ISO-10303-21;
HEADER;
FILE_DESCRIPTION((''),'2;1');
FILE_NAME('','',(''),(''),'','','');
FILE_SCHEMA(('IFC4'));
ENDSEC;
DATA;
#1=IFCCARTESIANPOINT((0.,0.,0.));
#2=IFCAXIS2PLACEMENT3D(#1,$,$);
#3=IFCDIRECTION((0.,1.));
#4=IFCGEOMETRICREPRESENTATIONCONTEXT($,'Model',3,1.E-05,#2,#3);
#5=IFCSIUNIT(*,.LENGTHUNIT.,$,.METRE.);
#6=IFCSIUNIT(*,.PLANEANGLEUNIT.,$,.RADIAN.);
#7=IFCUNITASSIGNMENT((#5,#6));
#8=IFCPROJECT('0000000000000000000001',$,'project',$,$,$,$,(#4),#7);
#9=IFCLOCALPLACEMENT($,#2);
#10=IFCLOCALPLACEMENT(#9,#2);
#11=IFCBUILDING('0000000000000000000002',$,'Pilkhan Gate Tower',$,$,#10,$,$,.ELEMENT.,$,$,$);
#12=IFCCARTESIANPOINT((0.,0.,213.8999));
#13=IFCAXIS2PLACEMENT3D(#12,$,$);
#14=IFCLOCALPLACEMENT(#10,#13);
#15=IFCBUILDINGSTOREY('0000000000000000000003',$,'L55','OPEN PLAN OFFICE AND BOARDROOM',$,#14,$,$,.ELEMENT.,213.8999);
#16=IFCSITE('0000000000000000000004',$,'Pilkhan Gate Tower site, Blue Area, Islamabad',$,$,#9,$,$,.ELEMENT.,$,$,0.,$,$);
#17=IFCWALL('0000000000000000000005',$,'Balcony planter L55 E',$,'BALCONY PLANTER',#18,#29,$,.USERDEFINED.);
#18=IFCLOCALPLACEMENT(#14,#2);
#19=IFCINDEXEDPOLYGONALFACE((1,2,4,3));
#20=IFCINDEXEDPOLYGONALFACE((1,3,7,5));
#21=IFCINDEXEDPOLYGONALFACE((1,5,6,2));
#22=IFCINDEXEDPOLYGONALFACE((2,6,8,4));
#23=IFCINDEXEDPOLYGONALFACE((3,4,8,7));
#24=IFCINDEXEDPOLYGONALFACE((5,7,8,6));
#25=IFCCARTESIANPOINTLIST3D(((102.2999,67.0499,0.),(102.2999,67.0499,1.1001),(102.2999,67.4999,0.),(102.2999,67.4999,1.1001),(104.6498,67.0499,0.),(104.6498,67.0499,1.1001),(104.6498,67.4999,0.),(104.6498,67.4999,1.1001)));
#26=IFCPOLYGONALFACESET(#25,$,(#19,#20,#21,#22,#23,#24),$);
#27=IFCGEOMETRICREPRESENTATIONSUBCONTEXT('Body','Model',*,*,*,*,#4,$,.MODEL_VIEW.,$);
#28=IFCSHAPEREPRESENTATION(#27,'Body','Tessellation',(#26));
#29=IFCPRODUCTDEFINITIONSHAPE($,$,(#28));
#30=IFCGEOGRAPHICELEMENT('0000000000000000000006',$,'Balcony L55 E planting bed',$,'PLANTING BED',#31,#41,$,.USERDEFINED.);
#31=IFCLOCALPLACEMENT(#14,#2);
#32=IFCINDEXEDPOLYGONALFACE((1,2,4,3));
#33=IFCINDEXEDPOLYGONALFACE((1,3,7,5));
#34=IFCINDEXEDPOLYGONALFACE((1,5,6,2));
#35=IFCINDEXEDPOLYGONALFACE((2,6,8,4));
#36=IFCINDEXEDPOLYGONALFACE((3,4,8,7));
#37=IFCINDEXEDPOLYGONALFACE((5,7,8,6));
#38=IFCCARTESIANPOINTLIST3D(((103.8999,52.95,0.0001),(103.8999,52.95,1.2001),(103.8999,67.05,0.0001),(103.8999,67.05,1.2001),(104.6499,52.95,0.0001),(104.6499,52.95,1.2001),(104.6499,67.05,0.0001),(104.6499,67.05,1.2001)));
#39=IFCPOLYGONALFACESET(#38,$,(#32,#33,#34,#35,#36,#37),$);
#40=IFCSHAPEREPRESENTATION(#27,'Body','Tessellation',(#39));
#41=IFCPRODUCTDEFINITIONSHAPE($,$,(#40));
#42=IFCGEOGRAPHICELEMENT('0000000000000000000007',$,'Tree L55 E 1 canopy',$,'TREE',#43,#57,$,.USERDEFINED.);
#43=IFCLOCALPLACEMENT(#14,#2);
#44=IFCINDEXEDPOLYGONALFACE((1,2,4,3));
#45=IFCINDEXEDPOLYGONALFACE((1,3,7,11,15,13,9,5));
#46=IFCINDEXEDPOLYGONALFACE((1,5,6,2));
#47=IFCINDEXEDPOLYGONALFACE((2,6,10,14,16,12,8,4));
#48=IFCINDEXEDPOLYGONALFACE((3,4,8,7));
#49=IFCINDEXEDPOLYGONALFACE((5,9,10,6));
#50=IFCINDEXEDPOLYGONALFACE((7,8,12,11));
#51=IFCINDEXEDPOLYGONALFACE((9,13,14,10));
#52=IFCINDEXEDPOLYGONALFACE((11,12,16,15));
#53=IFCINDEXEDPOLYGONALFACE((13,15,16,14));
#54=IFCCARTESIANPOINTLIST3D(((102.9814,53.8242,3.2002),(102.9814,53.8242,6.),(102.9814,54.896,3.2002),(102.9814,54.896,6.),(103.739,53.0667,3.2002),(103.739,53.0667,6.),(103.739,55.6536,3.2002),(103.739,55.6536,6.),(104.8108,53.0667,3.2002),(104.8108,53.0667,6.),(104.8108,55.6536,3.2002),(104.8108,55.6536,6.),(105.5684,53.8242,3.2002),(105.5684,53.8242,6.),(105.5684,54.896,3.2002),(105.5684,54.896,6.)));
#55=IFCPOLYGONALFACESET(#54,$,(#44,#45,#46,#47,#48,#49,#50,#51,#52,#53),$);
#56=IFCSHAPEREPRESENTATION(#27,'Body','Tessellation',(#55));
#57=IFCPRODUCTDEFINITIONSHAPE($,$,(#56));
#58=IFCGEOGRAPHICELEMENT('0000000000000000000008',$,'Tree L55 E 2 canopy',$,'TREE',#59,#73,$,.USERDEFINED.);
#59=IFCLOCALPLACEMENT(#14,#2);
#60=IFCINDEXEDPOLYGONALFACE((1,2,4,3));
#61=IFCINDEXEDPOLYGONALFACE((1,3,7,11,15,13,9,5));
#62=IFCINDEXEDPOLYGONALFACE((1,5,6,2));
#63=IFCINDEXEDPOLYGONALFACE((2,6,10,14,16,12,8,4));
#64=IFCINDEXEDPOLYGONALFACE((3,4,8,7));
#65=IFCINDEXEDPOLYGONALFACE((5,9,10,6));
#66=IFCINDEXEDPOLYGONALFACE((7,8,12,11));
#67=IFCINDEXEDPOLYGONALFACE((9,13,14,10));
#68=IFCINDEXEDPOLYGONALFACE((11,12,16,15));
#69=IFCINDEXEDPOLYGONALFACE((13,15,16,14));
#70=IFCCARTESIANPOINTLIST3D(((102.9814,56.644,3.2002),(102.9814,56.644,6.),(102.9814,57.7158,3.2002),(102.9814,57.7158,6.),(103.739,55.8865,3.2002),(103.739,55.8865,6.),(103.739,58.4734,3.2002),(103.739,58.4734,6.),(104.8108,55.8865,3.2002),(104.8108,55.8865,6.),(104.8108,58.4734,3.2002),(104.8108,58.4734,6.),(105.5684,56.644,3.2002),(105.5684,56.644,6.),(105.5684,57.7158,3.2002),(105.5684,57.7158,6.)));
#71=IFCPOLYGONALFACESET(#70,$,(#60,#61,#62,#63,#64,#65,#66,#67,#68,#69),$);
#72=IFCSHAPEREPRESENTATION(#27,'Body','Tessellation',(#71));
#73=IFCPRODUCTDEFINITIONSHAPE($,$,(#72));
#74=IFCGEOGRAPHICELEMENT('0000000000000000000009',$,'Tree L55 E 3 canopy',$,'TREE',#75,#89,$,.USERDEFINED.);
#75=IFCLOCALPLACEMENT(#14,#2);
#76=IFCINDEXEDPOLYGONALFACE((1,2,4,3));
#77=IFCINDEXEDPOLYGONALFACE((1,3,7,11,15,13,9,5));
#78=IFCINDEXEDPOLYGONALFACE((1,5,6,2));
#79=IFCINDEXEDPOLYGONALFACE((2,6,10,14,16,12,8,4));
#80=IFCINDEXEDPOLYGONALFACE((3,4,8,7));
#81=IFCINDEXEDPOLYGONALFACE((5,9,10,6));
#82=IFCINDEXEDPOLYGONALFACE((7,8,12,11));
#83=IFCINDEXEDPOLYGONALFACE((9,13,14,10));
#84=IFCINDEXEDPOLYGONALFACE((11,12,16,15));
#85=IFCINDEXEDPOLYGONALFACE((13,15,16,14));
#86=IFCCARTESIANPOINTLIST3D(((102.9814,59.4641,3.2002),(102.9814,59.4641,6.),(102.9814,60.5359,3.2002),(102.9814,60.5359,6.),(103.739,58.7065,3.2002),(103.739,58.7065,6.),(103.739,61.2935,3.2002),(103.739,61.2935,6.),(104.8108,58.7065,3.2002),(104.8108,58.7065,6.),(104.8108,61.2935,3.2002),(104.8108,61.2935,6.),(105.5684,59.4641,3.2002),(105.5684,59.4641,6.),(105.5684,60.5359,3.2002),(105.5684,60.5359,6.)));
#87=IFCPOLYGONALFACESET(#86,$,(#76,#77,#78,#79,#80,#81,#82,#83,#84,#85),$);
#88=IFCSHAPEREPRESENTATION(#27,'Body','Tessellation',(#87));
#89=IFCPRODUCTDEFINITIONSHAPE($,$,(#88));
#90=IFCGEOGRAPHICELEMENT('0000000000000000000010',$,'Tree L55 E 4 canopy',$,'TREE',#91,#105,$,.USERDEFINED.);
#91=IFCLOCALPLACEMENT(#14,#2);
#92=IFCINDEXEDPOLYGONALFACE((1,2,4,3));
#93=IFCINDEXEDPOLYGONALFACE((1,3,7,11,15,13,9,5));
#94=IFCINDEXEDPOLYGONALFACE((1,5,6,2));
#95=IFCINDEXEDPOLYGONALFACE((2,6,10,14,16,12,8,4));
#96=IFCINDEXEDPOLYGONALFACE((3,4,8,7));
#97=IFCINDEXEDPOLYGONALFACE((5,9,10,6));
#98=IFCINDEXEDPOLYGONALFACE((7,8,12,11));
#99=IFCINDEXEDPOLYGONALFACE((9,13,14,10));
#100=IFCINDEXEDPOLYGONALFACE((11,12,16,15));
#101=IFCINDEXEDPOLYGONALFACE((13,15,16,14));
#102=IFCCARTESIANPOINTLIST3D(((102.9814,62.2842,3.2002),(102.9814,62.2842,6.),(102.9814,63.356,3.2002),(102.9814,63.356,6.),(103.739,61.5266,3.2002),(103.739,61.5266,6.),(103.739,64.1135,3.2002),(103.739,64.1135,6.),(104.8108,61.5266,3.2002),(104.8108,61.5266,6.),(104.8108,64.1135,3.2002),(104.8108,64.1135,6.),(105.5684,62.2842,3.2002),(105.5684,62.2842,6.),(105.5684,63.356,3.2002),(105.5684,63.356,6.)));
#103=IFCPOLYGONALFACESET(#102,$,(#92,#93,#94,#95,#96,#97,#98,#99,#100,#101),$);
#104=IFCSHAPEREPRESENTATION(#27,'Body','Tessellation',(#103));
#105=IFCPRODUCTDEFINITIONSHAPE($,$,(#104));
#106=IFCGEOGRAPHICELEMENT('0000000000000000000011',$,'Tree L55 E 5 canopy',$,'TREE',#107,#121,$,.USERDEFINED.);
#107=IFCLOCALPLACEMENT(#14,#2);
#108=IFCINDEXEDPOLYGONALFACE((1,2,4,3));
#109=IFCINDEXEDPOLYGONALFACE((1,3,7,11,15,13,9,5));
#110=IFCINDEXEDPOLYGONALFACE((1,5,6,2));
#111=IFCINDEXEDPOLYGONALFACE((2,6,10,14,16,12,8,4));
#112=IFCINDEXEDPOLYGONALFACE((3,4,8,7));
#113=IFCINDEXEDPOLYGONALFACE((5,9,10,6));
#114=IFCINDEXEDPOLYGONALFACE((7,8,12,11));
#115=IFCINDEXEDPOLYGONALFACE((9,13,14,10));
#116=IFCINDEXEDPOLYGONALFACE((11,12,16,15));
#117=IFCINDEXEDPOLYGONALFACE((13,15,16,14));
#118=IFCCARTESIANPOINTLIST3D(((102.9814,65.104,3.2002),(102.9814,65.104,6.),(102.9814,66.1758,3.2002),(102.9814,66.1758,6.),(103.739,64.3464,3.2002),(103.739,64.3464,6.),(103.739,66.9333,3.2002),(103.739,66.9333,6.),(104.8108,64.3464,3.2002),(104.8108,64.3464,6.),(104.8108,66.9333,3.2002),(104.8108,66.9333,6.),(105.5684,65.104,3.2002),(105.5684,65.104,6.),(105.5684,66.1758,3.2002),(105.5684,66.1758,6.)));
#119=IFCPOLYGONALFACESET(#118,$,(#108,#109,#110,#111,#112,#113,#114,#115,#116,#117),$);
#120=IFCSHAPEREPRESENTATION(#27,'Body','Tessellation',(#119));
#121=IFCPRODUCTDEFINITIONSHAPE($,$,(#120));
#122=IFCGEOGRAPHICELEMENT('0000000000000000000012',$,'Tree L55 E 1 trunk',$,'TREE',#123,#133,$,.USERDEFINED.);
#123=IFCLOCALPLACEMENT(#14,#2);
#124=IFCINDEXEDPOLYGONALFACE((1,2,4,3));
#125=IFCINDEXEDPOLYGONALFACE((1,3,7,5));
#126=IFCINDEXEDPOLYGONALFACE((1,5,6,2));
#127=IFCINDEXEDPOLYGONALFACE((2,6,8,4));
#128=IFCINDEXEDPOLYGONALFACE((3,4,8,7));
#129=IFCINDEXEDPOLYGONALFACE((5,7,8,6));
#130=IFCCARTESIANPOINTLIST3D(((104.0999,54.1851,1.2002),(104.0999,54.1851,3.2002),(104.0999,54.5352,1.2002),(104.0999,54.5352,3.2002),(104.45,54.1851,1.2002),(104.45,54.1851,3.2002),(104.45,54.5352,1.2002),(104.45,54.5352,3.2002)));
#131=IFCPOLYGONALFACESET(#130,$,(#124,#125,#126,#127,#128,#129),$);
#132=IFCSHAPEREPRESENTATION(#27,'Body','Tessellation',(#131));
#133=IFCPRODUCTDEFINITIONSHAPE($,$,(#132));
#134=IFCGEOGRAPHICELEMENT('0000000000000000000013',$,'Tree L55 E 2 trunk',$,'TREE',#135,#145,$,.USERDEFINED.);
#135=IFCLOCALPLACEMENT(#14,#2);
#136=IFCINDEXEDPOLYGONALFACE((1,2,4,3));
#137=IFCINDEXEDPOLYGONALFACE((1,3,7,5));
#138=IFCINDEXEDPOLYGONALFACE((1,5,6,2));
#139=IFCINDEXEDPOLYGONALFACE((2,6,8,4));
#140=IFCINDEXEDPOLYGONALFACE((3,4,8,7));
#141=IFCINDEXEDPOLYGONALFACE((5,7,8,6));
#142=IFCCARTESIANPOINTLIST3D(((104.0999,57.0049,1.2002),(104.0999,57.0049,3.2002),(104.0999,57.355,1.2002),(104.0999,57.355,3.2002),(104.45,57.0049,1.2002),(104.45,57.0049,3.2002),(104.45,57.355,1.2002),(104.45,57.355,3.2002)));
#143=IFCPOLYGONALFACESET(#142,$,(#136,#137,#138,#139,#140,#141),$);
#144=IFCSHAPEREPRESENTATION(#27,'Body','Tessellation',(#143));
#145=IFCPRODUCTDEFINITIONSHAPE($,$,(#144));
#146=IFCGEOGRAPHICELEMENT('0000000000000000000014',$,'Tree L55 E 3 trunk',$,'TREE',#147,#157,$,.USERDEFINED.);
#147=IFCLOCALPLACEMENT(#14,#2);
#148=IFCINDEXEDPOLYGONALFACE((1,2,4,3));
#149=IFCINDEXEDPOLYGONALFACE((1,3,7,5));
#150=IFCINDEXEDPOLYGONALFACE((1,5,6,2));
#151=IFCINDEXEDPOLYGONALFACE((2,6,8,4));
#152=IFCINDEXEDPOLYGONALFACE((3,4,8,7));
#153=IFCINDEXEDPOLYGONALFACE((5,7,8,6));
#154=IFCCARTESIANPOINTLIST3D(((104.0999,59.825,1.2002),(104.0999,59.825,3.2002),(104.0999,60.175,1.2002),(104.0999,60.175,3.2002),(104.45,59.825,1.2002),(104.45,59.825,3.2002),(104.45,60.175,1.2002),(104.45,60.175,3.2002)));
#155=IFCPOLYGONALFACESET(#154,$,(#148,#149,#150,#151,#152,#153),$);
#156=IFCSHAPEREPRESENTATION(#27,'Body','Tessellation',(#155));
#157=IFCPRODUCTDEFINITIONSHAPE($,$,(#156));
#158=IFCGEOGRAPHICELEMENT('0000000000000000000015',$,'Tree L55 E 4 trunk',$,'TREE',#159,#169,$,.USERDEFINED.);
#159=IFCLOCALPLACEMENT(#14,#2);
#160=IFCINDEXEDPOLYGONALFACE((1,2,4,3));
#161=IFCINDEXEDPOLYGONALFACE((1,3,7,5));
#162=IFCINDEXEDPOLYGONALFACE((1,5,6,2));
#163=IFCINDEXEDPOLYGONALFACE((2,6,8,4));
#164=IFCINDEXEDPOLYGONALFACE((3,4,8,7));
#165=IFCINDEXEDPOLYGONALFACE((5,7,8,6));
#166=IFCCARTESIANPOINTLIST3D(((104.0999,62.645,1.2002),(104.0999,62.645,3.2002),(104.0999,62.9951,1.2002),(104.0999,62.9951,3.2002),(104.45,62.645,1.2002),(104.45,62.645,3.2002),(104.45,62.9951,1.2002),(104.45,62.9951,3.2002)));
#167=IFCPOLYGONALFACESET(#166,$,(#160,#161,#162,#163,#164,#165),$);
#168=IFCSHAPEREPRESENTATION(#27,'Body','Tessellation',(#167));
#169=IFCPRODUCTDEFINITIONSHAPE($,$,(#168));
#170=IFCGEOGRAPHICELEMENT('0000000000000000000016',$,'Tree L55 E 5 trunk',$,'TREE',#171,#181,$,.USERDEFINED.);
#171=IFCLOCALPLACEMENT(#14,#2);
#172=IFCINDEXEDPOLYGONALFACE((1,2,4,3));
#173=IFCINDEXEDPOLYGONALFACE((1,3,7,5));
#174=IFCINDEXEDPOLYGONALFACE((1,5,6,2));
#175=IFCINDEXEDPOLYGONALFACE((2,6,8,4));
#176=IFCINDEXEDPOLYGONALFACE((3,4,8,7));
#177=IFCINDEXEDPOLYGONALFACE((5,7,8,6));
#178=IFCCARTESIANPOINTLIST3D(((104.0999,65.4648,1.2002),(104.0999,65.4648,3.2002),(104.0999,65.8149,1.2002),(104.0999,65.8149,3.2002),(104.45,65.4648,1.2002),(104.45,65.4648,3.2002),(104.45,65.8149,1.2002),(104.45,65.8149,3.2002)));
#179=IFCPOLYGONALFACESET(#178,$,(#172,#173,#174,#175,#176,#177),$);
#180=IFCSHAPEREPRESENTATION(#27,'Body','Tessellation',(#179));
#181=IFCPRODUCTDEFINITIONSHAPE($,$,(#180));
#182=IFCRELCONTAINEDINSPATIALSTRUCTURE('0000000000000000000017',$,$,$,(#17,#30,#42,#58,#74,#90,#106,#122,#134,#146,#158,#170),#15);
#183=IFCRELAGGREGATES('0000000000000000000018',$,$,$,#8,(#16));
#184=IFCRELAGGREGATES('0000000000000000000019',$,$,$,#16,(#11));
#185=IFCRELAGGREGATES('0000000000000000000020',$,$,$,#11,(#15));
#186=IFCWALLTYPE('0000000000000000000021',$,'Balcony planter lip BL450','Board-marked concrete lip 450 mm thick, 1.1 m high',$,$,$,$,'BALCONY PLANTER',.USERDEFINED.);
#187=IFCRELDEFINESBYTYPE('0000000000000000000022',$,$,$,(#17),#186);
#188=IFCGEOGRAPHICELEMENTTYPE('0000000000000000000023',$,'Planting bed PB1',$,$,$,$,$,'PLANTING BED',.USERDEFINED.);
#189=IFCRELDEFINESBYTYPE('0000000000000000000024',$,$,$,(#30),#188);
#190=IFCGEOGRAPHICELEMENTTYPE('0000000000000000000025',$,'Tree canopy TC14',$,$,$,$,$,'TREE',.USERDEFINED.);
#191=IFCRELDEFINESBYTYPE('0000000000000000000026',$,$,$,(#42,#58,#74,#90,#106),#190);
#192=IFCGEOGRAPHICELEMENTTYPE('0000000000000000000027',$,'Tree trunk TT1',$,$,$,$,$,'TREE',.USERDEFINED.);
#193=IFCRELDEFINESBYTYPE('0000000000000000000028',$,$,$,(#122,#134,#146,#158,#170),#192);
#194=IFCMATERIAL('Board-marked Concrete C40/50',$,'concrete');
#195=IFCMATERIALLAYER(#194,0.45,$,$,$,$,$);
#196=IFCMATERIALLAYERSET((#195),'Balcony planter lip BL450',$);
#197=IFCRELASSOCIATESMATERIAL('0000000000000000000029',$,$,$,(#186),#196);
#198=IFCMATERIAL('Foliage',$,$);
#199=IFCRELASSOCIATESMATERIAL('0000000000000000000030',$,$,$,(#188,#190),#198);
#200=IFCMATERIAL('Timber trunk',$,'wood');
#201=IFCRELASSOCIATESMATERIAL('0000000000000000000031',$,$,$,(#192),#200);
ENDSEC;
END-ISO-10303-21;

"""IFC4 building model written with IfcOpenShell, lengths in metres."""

from ifc_helpers import new_model, si_unit, direction, frame, frame_2d, origin, origin_2d, place, context, subcontext, project, spatial, polyline, rectangle, outline, extrude, material, layer, layer_set, material_profile, profile_set, type_object, element, save


model = new_model("IFC4")

# Units and contexts
model_context = context("Model", 3, precision=1e-05, world=origin(), true_north=direction((0.0, 1.0)))
body_context = subcontext(model_context, "Body", "Model", "MODEL_VIEW")
ifc_project = project(units=[si_unit("LENGTHUNIT", "METRE"), si_unit("PLANEANGLEUNIT", "RADIAN")], contexts=[model_context])

# Site, building, storey
site_placement = place(None, origin())
site = spatial("IfcSite", under=ifc_project, at=site_placement, Name="Pilkhan Gate Tower site, Blue Area, Islamabad", CompositionType="ELEMENT", RefElevation=0.0)
building_placement = place(site_placement, origin())
building = spatial("IfcBuilding", under=site, at=building_placement, Name="Pilkhan Gate Tower", CompositionType="ELEMENT")
storey_placement = place(building_placement, frame((0.0, 0.0, 213.8999)))
storey = spatial("IfcBuildingStorey", under=building, at=storey_placement, Name="L55", Description="OPEN PLAN OFFICE AND BOARDROOM", CompositionType="ELEMENT", Elevation=213.8999)

# Wall
ifc_material_1 = material(Name="Board-marked Concrete C40/50", Category="concrete")
ifc_layer_1 = layer(ifc_material_1, 0.45)
ifc_layer_set_1 = layer_set([ifc_layer_1], Name="Balcony planter lip BL450")
wall_type_1 = type_object("IfcWallType", Name="Balcony planter lip BL450", Description="Board-marked concrete lip 450 mm thick, 1.1 m high", ElementType="BALCONY PLANTER", PredefinedType="USERDEFINED", material=ifc_layer_set_1)
for number, where, z_axis, x_axis, name in (
    (1, (102.3, 67.2749, 0.0), (0.0, 0.0, 1.0), (1.0, 0.0, 0.0), "Balcony planter L55 E"),
):
    element("IfcWall", number, at=place(storey_placement, frame(where, z_axis=z_axis, x_axis=x_axis)), inside=storey, type_object=wall_type_1, Name=name, ObjectType="BALCONY PLANTER", PredefinedType="USERDEFINED", context=body_context, shape_type="SweptSolid", body=[
        extrude(rectangle(XDim=2.3499, YDim=0.45, at=frame_2d((1.1748, 0.0))), origin(), (0.0, 0.0, 1.0), 1.1001),
    ])

# Geographic elements
ifc_material_2 = material(Name="Foliage")
ifc_material_profile_1 = material_profile(ifc_material_2, rectangle(XDim=0.75, YDim=1.2, at=origin_2d()), Name="Bed 750x1200")
ifc_profile_set_1 = profile_set([ifc_material_profile_1], Name="Foliage")
geographic_element_type_1 = type_object("IfcGeographicElementType", Name="Planting bed PB1", ElementType="PLANTING BED", PredefinedType="USERDEFINED", material=ifc_profile_set_1)
geographic_element_placement = place(storey_placement, frame((104.2749, 52.95, 0.6001), z_axis=(0.0, 1.0, 0.0), x_axis=(-1.0, 0.0, 0.0)))
element("IfcGeographicElement", 2, at=geographic_element_placement, inside=storey, type_object=geographic_element_type_1, Name="Balcony L55 E planting bed", ObjectType="PLANTING BED", PredefinedType="USERDEFINED", context=body_context, shape_type="SweptSolid", body=[
    extrude(rectangle(XDim=0.75, YDim=1.2, at=origin_2d()), origin(), (0.0, 0.0, 1.0), 14.1001),
])
ifc_material_profile_2 = material_profile(ifc_material_2, outline(polyline([(1.2935, 0.5359), (0.5359, 1.2935), (-0.5359, 1.2935), (-1.2935, 0.5359), (-1.2935, -0.5359), (-0.5359, -1.2935), (0.5359, -1.2935), (1.2935, -0.5359), (1.2935, 0.5359)])), Name="Canopy D2.8")
ifc_profile_set_2 = profile_set([ifc_material_profile_2], Name="Foliage")
geographic_element_type_2 = type_object("IfcGeographicElementType", Name="Tree canopy TC14", ElementType="TREE", PredefinedType="USERDEFINED", material=ifc_profile_set_2)
for number, where, z_axis, x_axis, name in (
    (3, (104.2749, 54.3601, 3.2002), (0.0, 0.0, 1.0), (1.0, 0.0, 0.0), "Tree L55 E 1 canopy"),
    (4, (104.2749, 57.1799, 3.2002), (0.0, 0.0, 1.0), (1.0, 0.0, 0.0), "Tree L55 E 2 canopy"),
    (5, (104.2749, 60.0, 3.2002), (0.0, 0.0, 1.0), (1.0, 0.0, 0.0), "Tree L55 E 3 canopy"),
    (6, (104.2749, 62.8201, 3.2002), (0.0, 0.0, 1.0), (1.0, 0.0, 0.0), "Tree L55 E 4 canopy"),
    (7, (104.2749, 65.6399, 3.2002), (0.0, 0.0, 1.0), (1.0, 0.0, 0.0), "Tree L55 E 5 canopy"),
):
    element("IfcGeographicElement", number, at=place(storey_placement, frame(where, z_axis=z_axis, x_axis=x_axis)), inside=storey, type_object=geographic_element_type_2, Name=name, ObjectType="TREE", PredefinedType="USERDEFINED", context=body_context, shape_type="SweptSolid", body=[
        extrude(outline(polyline([(1.2935, 0.5359), (0.5359, 1.2935), (-0.5359, 1.2935), (-1.2935, 0.5359), (-1.2935, -0.5359), (-0.5359, -1.2935), (0.5359, -1.2935), (1.2935, -0.5359), (1.2935, 0.5359)])), origin(), (0.0, 0.0, 1.0), 2.7998),
    ])
ifc_material_3 = material(Name="Timber trunk", Category="wood")
geographic_element_type_3 = type_object("IfcGeographicElementType", Name="Tree trunk TT1", ElementType="TREE", PredefinedType="USERDEFINED", material=ifc_material_3)
for number, where, z_axis, x_axis, name in (
    (8, (104.2749, 54.3601, 1.2002), (0.0, 0.0, 1.0), (1.0, 0.0, 0.0), "Tree L55 E 1 trunk"),
    (9, (104.2749, 57.1799, 1.2002), (0.0, 0.0, 1.0), (1.0, 0.0, 0.0), "Tree L55 E 2 trunk"),
    (10, (104.2749, 60.0, 1.2002), (0.0, 0.0, 1.0), (1.0, 0.0, 0.0), "Tree L55 E 3 trunk"),
    (11, (104.2749, 62.8201, 1.2002), (0.0, 0.0, 1.0), (1.0, 0.0, 0.0), "Tree L55 E 4 trunk"),
    (12, (104.2749, 65.6399, 1.2002), (0.0, 0.0, 1.0), (1.0, 0.0, 0.0), "Tree L55 E 5 trunk"),
):
    element("IfcGeographicElement", number, at=place(storey_placement, frame(where, z_axis=z_axis, x_axis=x_axis)), inside=storey, type_object=geographic_element_type_3, Name=name, ObjectType="TREE", PredefinedType="USERDEFINED", context=body_context, shape_type="SweptSolid", body=[
        extrude(rectangle(XDim=0.3501, YDim=0.3501, at=origin_2d()), origin(), (0.0, 0.0, 1.0), 2.0),
    ])

save(model, "model.ifc")
